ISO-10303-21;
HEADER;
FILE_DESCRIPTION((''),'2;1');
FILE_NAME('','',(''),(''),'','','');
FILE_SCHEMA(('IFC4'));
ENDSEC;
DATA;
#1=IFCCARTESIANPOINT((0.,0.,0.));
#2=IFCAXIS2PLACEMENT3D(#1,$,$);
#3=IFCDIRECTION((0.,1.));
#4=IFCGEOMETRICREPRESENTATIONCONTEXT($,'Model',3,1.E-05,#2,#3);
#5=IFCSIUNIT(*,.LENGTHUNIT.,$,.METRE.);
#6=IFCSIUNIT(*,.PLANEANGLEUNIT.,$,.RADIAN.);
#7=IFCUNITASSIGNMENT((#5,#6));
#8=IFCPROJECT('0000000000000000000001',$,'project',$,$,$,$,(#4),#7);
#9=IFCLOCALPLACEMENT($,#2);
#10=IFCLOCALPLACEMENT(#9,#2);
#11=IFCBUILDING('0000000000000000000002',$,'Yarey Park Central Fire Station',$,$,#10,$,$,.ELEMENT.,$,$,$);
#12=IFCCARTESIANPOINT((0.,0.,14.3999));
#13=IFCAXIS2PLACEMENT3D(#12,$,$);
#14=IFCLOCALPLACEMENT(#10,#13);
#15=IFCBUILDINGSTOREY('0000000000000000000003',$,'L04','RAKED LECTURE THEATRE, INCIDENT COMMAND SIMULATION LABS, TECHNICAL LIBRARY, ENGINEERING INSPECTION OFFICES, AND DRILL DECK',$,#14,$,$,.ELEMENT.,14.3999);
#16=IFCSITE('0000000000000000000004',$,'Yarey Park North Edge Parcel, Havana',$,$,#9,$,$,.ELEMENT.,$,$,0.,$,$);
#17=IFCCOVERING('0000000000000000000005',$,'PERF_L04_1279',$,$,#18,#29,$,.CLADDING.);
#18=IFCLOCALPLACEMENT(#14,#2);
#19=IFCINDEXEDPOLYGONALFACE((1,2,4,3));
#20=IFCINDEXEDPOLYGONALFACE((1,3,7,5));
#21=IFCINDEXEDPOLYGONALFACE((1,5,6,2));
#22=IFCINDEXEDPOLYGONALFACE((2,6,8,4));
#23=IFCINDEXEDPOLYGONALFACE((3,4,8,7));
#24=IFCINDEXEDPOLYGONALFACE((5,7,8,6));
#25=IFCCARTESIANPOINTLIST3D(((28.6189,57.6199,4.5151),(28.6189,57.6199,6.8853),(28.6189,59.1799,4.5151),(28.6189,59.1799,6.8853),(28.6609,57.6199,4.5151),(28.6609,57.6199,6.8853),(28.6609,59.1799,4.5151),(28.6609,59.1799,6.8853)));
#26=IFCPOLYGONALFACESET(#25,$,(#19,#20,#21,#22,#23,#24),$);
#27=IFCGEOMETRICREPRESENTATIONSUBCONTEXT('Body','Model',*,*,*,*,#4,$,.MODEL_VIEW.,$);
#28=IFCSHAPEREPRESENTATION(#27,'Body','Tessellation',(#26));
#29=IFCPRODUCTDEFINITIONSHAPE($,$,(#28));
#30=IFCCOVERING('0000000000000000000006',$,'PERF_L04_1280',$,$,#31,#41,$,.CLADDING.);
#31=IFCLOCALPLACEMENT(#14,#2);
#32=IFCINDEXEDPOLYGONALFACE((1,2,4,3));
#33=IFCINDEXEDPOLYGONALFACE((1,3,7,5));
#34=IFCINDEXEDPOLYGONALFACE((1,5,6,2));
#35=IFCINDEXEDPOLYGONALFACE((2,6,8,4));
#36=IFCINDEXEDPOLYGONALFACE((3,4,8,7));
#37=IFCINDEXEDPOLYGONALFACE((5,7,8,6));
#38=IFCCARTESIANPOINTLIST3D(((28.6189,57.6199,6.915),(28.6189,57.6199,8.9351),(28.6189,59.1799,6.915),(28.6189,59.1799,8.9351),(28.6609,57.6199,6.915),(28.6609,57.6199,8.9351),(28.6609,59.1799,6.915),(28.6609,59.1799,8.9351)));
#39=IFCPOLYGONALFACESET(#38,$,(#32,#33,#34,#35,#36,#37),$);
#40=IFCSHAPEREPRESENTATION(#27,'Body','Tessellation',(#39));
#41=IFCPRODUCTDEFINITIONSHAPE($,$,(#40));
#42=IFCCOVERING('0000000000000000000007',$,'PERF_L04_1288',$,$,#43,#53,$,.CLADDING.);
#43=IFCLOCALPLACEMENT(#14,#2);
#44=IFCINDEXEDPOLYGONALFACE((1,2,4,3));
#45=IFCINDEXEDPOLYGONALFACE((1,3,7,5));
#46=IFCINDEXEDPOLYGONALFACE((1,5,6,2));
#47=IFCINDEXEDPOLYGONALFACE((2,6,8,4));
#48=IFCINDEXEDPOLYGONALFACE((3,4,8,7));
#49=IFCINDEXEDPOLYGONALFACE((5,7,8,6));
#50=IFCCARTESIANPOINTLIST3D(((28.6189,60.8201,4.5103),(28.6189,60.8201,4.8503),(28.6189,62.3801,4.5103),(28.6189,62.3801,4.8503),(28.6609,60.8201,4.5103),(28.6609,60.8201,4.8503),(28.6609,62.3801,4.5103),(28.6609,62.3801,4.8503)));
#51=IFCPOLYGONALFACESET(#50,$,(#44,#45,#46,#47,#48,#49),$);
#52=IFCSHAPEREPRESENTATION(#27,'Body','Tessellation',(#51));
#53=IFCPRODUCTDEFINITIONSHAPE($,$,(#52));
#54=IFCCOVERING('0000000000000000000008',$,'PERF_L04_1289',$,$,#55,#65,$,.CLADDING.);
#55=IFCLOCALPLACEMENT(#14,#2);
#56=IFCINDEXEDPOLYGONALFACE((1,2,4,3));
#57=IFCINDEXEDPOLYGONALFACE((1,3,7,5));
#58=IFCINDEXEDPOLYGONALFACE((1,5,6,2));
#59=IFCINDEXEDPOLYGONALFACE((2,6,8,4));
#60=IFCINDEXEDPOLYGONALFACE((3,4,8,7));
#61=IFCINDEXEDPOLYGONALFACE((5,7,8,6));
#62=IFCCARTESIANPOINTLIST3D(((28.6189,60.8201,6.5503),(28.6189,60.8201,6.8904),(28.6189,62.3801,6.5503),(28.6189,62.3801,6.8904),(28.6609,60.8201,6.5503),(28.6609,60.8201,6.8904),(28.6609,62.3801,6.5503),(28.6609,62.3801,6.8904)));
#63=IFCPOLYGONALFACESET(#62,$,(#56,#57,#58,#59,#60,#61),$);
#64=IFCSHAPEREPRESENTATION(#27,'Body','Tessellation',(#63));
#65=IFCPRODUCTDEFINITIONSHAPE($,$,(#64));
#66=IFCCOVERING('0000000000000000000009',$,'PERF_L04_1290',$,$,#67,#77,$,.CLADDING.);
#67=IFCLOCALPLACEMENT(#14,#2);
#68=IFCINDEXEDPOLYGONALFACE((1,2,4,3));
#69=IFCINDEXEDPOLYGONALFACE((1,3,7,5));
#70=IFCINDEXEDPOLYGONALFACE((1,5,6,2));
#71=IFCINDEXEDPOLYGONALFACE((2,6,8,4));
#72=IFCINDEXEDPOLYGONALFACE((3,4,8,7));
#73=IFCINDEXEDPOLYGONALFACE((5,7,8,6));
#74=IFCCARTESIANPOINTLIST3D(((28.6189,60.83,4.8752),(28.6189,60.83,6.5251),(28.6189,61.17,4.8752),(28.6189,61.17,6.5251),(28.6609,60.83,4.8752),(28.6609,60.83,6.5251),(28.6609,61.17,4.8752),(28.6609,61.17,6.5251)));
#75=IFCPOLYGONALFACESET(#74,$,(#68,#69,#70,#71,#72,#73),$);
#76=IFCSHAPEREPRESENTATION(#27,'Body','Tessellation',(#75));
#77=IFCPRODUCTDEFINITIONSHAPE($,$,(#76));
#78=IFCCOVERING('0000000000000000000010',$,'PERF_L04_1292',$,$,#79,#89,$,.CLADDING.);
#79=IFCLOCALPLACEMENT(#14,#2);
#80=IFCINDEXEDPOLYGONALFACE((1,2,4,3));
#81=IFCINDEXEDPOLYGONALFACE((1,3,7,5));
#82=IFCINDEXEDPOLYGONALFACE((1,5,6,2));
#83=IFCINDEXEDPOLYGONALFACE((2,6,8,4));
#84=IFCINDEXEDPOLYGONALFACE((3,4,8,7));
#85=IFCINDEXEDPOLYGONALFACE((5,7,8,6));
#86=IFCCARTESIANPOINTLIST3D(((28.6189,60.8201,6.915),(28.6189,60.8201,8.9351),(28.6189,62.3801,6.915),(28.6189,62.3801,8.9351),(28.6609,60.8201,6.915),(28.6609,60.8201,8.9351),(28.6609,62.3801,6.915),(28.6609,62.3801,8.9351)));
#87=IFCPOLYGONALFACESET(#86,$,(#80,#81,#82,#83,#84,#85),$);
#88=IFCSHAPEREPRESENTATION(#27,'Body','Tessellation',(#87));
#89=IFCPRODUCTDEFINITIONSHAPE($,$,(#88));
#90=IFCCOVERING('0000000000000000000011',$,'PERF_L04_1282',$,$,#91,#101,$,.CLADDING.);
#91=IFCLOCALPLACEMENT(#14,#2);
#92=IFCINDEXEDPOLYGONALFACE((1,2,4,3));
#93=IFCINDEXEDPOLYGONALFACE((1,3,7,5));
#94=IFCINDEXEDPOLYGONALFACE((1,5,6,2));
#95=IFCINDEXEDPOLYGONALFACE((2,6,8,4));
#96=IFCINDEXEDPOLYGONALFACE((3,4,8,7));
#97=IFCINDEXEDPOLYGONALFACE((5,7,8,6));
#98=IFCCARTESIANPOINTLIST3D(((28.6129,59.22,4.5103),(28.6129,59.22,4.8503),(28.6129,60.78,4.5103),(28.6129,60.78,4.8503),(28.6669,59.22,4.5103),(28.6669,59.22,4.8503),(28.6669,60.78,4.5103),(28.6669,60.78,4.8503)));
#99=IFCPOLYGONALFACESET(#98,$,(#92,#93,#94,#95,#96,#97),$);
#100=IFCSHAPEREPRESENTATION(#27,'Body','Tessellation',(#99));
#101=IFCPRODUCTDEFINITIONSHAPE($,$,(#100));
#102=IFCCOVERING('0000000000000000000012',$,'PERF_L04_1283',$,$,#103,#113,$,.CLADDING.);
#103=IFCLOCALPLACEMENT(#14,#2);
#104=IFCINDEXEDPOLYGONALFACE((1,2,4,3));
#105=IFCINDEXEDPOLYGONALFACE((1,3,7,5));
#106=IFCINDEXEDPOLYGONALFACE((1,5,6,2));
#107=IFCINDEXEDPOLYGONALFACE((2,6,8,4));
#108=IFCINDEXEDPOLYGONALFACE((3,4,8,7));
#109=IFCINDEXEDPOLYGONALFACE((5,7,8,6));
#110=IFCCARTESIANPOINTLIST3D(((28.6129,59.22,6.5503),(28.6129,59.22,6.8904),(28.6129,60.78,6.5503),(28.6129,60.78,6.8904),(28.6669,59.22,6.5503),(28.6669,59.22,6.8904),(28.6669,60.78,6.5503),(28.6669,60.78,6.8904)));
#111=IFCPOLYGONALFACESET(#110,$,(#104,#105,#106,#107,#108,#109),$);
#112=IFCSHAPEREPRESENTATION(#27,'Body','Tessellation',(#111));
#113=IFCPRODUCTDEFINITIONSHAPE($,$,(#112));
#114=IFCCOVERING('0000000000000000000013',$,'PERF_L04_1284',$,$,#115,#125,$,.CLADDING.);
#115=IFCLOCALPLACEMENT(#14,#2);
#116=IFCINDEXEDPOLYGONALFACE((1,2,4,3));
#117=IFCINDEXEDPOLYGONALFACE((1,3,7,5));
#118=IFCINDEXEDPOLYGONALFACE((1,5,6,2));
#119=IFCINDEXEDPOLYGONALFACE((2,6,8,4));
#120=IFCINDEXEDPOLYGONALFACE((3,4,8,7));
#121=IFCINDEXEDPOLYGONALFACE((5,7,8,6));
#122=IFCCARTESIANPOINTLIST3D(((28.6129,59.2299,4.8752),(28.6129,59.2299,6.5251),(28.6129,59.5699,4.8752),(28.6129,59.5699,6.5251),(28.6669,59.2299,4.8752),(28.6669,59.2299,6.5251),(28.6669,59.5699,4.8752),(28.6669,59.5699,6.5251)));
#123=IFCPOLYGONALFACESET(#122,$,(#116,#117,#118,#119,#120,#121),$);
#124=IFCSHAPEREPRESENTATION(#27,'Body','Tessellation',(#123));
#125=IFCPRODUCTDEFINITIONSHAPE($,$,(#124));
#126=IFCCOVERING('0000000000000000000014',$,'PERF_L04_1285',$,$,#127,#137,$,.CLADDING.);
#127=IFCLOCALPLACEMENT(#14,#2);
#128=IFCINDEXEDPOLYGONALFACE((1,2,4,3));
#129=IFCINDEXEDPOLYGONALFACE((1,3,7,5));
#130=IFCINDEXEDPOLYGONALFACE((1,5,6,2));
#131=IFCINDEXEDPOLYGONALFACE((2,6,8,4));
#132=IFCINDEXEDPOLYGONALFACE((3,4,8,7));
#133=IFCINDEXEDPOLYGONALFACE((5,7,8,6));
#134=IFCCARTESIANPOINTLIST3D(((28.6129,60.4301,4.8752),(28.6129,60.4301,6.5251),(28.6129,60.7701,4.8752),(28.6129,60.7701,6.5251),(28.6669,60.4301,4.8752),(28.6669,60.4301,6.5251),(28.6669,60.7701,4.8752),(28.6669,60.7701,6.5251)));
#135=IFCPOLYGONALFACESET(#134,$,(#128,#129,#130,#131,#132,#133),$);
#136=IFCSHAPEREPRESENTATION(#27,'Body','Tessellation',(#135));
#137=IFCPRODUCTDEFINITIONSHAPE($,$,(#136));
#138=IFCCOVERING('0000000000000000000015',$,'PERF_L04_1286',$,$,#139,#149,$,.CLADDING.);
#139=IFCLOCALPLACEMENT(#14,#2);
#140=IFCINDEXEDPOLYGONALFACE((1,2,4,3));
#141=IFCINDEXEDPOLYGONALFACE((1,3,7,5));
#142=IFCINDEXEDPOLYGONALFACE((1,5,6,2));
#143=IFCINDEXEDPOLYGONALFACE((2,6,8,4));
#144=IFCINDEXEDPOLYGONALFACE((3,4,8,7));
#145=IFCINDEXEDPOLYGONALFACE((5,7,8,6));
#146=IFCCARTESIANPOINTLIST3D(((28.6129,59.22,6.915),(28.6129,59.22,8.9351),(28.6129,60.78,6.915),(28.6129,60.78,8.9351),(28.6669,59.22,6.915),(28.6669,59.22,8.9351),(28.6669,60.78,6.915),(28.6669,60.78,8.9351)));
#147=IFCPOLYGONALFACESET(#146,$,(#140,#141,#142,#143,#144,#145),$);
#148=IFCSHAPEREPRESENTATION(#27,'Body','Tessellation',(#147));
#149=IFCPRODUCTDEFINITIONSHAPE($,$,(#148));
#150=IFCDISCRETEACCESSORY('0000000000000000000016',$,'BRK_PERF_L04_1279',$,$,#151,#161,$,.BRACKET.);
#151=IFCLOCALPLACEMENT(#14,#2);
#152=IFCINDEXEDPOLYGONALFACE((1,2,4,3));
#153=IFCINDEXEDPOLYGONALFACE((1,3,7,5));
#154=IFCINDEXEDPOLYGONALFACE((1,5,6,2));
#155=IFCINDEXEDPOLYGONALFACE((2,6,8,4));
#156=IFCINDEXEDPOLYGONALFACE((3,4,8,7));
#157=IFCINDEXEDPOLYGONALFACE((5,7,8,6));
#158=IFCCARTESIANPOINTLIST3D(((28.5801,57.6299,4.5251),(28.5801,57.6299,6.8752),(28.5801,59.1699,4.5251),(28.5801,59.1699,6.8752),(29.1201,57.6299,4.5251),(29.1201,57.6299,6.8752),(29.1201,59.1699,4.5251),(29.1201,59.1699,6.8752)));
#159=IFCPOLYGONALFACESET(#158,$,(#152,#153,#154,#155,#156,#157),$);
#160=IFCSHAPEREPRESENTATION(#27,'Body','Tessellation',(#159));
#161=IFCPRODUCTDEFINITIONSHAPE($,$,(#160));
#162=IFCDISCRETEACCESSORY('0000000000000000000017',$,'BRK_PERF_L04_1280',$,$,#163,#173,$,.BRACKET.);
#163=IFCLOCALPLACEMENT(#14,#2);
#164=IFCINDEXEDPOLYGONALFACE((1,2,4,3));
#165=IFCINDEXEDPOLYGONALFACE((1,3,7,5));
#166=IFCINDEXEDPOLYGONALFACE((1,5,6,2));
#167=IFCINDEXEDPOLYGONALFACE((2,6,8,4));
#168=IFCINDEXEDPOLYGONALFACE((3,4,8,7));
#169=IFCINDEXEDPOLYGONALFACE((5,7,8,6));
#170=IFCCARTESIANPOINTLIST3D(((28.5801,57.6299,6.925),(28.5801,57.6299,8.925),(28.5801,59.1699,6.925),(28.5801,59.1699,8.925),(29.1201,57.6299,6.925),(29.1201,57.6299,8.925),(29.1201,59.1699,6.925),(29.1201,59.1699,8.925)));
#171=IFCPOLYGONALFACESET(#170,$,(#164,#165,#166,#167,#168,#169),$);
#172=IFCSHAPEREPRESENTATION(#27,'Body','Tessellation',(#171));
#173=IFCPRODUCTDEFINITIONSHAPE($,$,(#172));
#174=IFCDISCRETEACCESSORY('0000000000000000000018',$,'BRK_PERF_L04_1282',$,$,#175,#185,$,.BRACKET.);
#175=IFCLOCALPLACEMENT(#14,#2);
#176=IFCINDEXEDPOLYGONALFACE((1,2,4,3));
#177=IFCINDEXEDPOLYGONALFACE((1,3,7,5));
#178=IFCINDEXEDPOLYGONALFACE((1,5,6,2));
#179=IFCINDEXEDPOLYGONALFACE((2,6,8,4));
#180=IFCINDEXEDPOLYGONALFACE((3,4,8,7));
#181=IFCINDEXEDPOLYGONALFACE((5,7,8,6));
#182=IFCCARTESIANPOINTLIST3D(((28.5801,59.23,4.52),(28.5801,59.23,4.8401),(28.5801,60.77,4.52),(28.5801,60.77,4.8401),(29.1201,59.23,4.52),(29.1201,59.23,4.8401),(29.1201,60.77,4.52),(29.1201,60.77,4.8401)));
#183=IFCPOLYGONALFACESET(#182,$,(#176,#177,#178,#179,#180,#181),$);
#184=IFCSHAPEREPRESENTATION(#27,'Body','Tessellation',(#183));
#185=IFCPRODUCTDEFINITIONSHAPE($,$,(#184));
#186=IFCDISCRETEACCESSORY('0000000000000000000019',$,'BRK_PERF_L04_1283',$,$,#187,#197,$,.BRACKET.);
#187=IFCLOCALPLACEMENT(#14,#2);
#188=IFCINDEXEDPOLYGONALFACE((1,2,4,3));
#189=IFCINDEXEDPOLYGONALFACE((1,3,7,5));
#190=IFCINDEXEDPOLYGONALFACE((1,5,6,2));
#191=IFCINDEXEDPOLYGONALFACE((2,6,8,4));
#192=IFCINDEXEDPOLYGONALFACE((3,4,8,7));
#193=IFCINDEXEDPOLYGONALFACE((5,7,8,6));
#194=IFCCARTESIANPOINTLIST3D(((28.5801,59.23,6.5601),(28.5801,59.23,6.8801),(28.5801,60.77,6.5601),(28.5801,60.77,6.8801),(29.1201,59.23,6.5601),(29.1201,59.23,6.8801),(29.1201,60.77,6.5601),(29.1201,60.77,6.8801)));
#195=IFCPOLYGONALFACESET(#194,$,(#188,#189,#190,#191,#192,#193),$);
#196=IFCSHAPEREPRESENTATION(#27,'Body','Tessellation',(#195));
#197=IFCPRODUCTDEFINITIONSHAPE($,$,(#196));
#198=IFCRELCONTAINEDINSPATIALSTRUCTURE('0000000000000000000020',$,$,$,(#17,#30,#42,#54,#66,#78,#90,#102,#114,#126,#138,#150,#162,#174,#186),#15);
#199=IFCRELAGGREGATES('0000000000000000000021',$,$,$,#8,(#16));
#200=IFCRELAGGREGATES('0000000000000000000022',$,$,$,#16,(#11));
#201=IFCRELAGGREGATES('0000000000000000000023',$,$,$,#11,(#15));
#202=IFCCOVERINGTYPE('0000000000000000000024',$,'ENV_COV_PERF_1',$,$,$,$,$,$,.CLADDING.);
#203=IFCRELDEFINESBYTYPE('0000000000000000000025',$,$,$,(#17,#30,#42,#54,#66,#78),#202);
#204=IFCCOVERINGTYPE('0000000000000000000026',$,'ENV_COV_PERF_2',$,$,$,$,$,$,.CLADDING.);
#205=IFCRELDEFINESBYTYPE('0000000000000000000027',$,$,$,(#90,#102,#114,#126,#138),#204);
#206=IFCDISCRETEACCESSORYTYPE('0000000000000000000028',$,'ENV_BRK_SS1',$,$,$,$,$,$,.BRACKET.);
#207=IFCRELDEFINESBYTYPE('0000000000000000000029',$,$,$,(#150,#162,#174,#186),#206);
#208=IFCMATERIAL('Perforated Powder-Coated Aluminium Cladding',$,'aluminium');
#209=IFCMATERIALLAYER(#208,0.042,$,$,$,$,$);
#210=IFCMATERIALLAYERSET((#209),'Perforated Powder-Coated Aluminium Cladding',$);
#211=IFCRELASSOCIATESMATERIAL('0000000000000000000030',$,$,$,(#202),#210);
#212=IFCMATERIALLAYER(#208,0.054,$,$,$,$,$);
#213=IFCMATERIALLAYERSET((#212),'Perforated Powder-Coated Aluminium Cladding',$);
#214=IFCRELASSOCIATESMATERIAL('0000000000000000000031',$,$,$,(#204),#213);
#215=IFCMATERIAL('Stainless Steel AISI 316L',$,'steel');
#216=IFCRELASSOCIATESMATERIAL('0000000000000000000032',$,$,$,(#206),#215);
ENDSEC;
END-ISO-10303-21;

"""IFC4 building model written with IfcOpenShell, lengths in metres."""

from ifc_helpers import new_model, si_unit, direction, frame, origin, origin_2d, place, context, subcontext, project, spatial, rectangle, extrude, material, layer, layer_set, type_object, element, save


model = new_model("IFC4")

# Units and contexts
model_context = context("Model", 3, precision=1e-05, world=origin(), true_north=direction((0.0, 1.0)))
body_context = subcontext(model_context, "Body", "Model", "MODEL_VIEW")
ifc_project = project(units=[si_unit("LENGTHUNIT", "METRE"), si_unit("PLANEANGLEUNIT", "RADIAN")], contexts=[model_context])

# Site, building, storey
site_placement = place(None, origin())
site = spatial("IfcSite", under=ifc_project, at=site_placement, Name="Yarey Park North Edge Parcel, Havana", CompositionType="ELEMENT", RefElevation=0.0)
building_placement = place(site_placement, origin())
building = spatial("IfcBuilding", under=site, at=building_placement, Name="Yarey Park Central Fire Station", CompositionType="ELEMENT")
storey_placement = place(building_placement, frame((0.0, 0.0, 14.3999)))
storey = spatial("IfcBuildingStorey", under=building, at=storey_placement, Name="L04", Description="RAKED LECTURE THEATRE, INCIDENT COMMAND SIMULATION LABS, TECHNICAL LIBRARY, ENGINEERING INSPECTION OFFICES, AND DRILL DECK", CompositionType="ELEMENT", Elevation=14.3999)

# Coverings
ifc_material_1 = material(Name="Perforated Powder-Coated Aluminium Cladding", Category="aluminium")
ifc_layer_1 = layer(ifc_material_1, 0.042)
ifc_layer_set_1 = layer_set([ifc_layer_1], Name="Perforated Powder-Coated Aluminium Cladding")
covering_type_1 = type_object("IfcCoveringType", Name="ENV_COV_PERF_1", PredefinedType="CLADDING", material=ifc_layer_set_1)
covering_1_placement = place(storey_placement, frame((28.6399, 58.3999, 4.5151), z_axis=(0.0, 0.0, 1.0), x_axis=(0.0, 1.0, 0.0)))
element("IfcCovering", 1, at=covering_1_placement, inside=storey, type_object=covering_type_1, Name="PERF_L04_1279", PredefinedType="CLADDING", context=body_context, shape_type="SweptSolid", body=[
    extrude(rectangle(XDim=1.5601, YDim=0.042, at=origin_2d()), origin(), (0.0, 0.0, 1.0), 2.3701),
])
covering_2_placement = place(storey_placement, frame((28.6399, 58.3999, 6.915), z_axis=(0.0, 0.0, 1.0), x_axis=(0.0, 1.0, 0.0)))
element("IfcCovering", 2, at=covering_2_placement, inside=storey, type_object=covering_type_1, Name="PERF_L04_1280", PredefinedType="CLADDING", context=body_context, shape_type="SweptSolid", body=[
    extrude(rectangle(XDim=1.5601, YDim=0.042, at=origin_2d()), origin(), (0.0, 0.0, 1.0), 2.02),
])
for number, where, z_axis, x_axis, name in (
    (3, (28.6399, 61.6001, 4.5103), (0.0, 0.0, 1.0), (0.0, 1.0, 0.0), "PERF_L04_1288"),
    (4, (28.6399, 61.6001, 6.5503), (0.0, 0.0, 1.0), (0.0, 1.0, 0.0), "PERF_L04_1289"),
):
    element("IfcCovering", number, at=place(storey_placement, frame(where, z_axis=z_axis, x_axis=x_axis)), inside=storey, type_object=covering_type_1, Name=name, PredefinedType="CLADDING", context=body_context, shape_type="SweptSolid", body=[
        extrude(rectangle(XDim=1.5601, YDim=0.042, at=origin_2d()), origin(), (0.0, 0.0, 1.0), 0.3401),
    ])
covering_3_placement = place(storey_placement, frame((28.6399, 61.0, 4.8752), z_axis=(0.0, 0.0, 1.0), x_axis=(0.0, 1.0, 0.0)))
element("IfcCovering", 5, at=covering_3_placement, inside=storey, type_object=covering_type_1, Name="PERF_L04_1290", PredefinedType="CLADDING", context=body_context, shape_type="SweptSolid", body=[
    extrude(rectangle(XDim=0.3401, YDim=0.042, at=origin_2d()), origin(), (0.0, 0.0, 1.0), 1.6499),
])
covering_4_placement = place(storey_placement, frame((28.6399, 61.6001, 6.915), z_axis=(0.0, 0.0, 1.0), x_axis=(0.0, 1.0, 0.0)))
element("IfcCovering", 6, at=covering_4_placement, inside=storey, type_object=covering_type_1, Name="PERF_L04_1292", PredefinedType="CLADDING", context=body_context, shape_type="SweptSolid", body=[
    extrude(rectangle(XDim=1.5601, YDim=0.042, at=origin_2d()), origin(), (0.0, 0.0, 1.0), 2.02),
])
ifc_layer_2 = layer(ifc_material_1, 0.054)
ifc_layer_set_2 = layer_set([ifc_layer_2], Name="Perforated Powder-Coated Aluminium Cladding")
covering_type_2 = type_object("IfcCoveringType", Name="ENV_COV_PERF_2", PredefinedType="CLADDING", material=ifc_layer_set_2)
for number, where, z_axis, x_axis, name in (
    (7, (28.6399, 60.0, 4.5103), (0.0, 0.0, 1.0), (0.0, 1.0, 0.0), "PERF_L04_1282"),
    (8, (28.6399, 60.0, 6.5503), (0.0, 0.0, 1.0), (0.0, 1.0, 0.0), "PERF_L04_1283"),
):
    element("IfcCovering", number, at=place(storey_placement, frame(where, z_axis=z_axis, x_axis=x_axis)), inside=storey, type_object=covering_type_2, Name=name, PredefinedType="CLADDING", context=body_context, shape_type="SweptSolid", body=[
        extrude(rectangle(XDim=1.5601, YDim=0.054, at=origin_2d()), origin(), (0.0, 0.0, 1.0), 0.3401),
    ])
for number, where, z_axis, x_axis, name in (
    (9, (28.6399, 59.3999, 4.8752), (0.0, 0.0, 1.0), (0.0, 1.0, 0.0), "PERF_L04_1284"),
    (10, (28.6399, 60.6001, 4.8752), (0.0, 0.0, 1.0), (0.0, 1.0, 0.0), "PERF_L04_1285"),
):
    element("IfcCovering", number, at=place(storey_placement, frame(where, z_axis=z_axis, x_axis=x_axis)), inside=storey, type_object=covering_type_2, Name=name, PredefinedType="CLADDING", context=body_context, shape_type="SweptSolid", body=[
        extrude(rectangle(XDim=0.3401, YDim=0.054, at=origin_2d()), origin(), (0.0, 0.0, 1.0), 1.6499),
    ])
covering_5_placement = place(storey_placement, frame((28.6399, 60.0, 6.915), z_axis=(0.0, 0.0, 1.0), x_axis=(0.0, 1.0, 0.0)))
element("IfcCovering", 11, at=covering_5_placement, inside=storey, type_object=covering_type_2, Name="PERF_L04_1286", PredefinedType="CLADDING", context=body_context, shape_type="SweptSolid", body=[
    extrude(rectangle(XDim=1.5601, YDim=0.054, at=origin_2d()), origin(), (0.0, 0.0, 1.0), 2.02),
])

# Discrete accessories
ifc_material_2 = material(Name="Stainless Steel AISI 316L", Category="steel")
discrete_accessory_type = type_object("IfcDiscreteAccessoryType", Name="ENV_BRK_SS1", PredefinedType="BRACKET", material=ifc_material_2)
discrete_accessory_1_placement = place(storey_placement, frame((28.8501, 58.3999, 4.5251), z_axis=(0.0, 0.0, 1.0), x_axis=(1.0, 0.0, 0.0)))
element("IfcDiscreteAccessory", 12, at=discrete_accessory_1_placement, inside=storey, type_object=discrete_accessory_type, Name="BRK_PERF_L04_1279", PredefinedType="BRACKET", context=body_context, shape_type="SweptSolid", body=[
    extrude(rectangle(XDim=0.54, YDim=1.54, at=origin_2d()), origin(), (0.0, 0.0, 1.0), 2.3501),
])
discrete_accessory_2_placement = place(storey_placement, frame((28.8501, 58.3999, 6.925), z_axis=(0.0, 0.0, 1.0), x_axis=(1.0, 0.0, 0.0)))
element("IfcDiscreteAccessory", 13, at=discrete_accessory_2_placement, inside=storey, type_object=discrete_accessory_type, Name="BRK_PERF_L04_1280", PredefinedType="BRACKET", context=body_context, shape_type="SweptSolid", body=[
    extrude(rectangle(XDim=0.54, YDim=1.54, at=origin_2d()), origin(), (0.0, 0.0, 1.0), 2.0),
])
for number, where, z_axis, x_axis, name in (
    (14, (28.8501, 60.0, 4.52), (0.0, 0.0, 1.0), (1.0, 0.0, 0.0), "BRK_PERF_L04_1282"),
    (15, (28.8501, 60.0, 6.5601), (0.0, 0.0, 1.0), (1.0, 0.0, 0.0), "BRK_PERF_L04_1283"),
):
    element("IfcDiscreteAccessory", number, at=place(storey_placement, frame(where, z_axis=z_axis, x_axis=x_axis)), inside=storey, type_object=discrete_accessory_type, Name=name, PredefinedType="BRACKET", context=body_context, shape_type="SweptSolid", body=[
        extrude(rectangle(XDim=0.54, YDim=1.54, at=origin_2d()), origin(), (0.0, 0.0, 1.0), 0.3201),
    ])

save(model, "model.ifc")
